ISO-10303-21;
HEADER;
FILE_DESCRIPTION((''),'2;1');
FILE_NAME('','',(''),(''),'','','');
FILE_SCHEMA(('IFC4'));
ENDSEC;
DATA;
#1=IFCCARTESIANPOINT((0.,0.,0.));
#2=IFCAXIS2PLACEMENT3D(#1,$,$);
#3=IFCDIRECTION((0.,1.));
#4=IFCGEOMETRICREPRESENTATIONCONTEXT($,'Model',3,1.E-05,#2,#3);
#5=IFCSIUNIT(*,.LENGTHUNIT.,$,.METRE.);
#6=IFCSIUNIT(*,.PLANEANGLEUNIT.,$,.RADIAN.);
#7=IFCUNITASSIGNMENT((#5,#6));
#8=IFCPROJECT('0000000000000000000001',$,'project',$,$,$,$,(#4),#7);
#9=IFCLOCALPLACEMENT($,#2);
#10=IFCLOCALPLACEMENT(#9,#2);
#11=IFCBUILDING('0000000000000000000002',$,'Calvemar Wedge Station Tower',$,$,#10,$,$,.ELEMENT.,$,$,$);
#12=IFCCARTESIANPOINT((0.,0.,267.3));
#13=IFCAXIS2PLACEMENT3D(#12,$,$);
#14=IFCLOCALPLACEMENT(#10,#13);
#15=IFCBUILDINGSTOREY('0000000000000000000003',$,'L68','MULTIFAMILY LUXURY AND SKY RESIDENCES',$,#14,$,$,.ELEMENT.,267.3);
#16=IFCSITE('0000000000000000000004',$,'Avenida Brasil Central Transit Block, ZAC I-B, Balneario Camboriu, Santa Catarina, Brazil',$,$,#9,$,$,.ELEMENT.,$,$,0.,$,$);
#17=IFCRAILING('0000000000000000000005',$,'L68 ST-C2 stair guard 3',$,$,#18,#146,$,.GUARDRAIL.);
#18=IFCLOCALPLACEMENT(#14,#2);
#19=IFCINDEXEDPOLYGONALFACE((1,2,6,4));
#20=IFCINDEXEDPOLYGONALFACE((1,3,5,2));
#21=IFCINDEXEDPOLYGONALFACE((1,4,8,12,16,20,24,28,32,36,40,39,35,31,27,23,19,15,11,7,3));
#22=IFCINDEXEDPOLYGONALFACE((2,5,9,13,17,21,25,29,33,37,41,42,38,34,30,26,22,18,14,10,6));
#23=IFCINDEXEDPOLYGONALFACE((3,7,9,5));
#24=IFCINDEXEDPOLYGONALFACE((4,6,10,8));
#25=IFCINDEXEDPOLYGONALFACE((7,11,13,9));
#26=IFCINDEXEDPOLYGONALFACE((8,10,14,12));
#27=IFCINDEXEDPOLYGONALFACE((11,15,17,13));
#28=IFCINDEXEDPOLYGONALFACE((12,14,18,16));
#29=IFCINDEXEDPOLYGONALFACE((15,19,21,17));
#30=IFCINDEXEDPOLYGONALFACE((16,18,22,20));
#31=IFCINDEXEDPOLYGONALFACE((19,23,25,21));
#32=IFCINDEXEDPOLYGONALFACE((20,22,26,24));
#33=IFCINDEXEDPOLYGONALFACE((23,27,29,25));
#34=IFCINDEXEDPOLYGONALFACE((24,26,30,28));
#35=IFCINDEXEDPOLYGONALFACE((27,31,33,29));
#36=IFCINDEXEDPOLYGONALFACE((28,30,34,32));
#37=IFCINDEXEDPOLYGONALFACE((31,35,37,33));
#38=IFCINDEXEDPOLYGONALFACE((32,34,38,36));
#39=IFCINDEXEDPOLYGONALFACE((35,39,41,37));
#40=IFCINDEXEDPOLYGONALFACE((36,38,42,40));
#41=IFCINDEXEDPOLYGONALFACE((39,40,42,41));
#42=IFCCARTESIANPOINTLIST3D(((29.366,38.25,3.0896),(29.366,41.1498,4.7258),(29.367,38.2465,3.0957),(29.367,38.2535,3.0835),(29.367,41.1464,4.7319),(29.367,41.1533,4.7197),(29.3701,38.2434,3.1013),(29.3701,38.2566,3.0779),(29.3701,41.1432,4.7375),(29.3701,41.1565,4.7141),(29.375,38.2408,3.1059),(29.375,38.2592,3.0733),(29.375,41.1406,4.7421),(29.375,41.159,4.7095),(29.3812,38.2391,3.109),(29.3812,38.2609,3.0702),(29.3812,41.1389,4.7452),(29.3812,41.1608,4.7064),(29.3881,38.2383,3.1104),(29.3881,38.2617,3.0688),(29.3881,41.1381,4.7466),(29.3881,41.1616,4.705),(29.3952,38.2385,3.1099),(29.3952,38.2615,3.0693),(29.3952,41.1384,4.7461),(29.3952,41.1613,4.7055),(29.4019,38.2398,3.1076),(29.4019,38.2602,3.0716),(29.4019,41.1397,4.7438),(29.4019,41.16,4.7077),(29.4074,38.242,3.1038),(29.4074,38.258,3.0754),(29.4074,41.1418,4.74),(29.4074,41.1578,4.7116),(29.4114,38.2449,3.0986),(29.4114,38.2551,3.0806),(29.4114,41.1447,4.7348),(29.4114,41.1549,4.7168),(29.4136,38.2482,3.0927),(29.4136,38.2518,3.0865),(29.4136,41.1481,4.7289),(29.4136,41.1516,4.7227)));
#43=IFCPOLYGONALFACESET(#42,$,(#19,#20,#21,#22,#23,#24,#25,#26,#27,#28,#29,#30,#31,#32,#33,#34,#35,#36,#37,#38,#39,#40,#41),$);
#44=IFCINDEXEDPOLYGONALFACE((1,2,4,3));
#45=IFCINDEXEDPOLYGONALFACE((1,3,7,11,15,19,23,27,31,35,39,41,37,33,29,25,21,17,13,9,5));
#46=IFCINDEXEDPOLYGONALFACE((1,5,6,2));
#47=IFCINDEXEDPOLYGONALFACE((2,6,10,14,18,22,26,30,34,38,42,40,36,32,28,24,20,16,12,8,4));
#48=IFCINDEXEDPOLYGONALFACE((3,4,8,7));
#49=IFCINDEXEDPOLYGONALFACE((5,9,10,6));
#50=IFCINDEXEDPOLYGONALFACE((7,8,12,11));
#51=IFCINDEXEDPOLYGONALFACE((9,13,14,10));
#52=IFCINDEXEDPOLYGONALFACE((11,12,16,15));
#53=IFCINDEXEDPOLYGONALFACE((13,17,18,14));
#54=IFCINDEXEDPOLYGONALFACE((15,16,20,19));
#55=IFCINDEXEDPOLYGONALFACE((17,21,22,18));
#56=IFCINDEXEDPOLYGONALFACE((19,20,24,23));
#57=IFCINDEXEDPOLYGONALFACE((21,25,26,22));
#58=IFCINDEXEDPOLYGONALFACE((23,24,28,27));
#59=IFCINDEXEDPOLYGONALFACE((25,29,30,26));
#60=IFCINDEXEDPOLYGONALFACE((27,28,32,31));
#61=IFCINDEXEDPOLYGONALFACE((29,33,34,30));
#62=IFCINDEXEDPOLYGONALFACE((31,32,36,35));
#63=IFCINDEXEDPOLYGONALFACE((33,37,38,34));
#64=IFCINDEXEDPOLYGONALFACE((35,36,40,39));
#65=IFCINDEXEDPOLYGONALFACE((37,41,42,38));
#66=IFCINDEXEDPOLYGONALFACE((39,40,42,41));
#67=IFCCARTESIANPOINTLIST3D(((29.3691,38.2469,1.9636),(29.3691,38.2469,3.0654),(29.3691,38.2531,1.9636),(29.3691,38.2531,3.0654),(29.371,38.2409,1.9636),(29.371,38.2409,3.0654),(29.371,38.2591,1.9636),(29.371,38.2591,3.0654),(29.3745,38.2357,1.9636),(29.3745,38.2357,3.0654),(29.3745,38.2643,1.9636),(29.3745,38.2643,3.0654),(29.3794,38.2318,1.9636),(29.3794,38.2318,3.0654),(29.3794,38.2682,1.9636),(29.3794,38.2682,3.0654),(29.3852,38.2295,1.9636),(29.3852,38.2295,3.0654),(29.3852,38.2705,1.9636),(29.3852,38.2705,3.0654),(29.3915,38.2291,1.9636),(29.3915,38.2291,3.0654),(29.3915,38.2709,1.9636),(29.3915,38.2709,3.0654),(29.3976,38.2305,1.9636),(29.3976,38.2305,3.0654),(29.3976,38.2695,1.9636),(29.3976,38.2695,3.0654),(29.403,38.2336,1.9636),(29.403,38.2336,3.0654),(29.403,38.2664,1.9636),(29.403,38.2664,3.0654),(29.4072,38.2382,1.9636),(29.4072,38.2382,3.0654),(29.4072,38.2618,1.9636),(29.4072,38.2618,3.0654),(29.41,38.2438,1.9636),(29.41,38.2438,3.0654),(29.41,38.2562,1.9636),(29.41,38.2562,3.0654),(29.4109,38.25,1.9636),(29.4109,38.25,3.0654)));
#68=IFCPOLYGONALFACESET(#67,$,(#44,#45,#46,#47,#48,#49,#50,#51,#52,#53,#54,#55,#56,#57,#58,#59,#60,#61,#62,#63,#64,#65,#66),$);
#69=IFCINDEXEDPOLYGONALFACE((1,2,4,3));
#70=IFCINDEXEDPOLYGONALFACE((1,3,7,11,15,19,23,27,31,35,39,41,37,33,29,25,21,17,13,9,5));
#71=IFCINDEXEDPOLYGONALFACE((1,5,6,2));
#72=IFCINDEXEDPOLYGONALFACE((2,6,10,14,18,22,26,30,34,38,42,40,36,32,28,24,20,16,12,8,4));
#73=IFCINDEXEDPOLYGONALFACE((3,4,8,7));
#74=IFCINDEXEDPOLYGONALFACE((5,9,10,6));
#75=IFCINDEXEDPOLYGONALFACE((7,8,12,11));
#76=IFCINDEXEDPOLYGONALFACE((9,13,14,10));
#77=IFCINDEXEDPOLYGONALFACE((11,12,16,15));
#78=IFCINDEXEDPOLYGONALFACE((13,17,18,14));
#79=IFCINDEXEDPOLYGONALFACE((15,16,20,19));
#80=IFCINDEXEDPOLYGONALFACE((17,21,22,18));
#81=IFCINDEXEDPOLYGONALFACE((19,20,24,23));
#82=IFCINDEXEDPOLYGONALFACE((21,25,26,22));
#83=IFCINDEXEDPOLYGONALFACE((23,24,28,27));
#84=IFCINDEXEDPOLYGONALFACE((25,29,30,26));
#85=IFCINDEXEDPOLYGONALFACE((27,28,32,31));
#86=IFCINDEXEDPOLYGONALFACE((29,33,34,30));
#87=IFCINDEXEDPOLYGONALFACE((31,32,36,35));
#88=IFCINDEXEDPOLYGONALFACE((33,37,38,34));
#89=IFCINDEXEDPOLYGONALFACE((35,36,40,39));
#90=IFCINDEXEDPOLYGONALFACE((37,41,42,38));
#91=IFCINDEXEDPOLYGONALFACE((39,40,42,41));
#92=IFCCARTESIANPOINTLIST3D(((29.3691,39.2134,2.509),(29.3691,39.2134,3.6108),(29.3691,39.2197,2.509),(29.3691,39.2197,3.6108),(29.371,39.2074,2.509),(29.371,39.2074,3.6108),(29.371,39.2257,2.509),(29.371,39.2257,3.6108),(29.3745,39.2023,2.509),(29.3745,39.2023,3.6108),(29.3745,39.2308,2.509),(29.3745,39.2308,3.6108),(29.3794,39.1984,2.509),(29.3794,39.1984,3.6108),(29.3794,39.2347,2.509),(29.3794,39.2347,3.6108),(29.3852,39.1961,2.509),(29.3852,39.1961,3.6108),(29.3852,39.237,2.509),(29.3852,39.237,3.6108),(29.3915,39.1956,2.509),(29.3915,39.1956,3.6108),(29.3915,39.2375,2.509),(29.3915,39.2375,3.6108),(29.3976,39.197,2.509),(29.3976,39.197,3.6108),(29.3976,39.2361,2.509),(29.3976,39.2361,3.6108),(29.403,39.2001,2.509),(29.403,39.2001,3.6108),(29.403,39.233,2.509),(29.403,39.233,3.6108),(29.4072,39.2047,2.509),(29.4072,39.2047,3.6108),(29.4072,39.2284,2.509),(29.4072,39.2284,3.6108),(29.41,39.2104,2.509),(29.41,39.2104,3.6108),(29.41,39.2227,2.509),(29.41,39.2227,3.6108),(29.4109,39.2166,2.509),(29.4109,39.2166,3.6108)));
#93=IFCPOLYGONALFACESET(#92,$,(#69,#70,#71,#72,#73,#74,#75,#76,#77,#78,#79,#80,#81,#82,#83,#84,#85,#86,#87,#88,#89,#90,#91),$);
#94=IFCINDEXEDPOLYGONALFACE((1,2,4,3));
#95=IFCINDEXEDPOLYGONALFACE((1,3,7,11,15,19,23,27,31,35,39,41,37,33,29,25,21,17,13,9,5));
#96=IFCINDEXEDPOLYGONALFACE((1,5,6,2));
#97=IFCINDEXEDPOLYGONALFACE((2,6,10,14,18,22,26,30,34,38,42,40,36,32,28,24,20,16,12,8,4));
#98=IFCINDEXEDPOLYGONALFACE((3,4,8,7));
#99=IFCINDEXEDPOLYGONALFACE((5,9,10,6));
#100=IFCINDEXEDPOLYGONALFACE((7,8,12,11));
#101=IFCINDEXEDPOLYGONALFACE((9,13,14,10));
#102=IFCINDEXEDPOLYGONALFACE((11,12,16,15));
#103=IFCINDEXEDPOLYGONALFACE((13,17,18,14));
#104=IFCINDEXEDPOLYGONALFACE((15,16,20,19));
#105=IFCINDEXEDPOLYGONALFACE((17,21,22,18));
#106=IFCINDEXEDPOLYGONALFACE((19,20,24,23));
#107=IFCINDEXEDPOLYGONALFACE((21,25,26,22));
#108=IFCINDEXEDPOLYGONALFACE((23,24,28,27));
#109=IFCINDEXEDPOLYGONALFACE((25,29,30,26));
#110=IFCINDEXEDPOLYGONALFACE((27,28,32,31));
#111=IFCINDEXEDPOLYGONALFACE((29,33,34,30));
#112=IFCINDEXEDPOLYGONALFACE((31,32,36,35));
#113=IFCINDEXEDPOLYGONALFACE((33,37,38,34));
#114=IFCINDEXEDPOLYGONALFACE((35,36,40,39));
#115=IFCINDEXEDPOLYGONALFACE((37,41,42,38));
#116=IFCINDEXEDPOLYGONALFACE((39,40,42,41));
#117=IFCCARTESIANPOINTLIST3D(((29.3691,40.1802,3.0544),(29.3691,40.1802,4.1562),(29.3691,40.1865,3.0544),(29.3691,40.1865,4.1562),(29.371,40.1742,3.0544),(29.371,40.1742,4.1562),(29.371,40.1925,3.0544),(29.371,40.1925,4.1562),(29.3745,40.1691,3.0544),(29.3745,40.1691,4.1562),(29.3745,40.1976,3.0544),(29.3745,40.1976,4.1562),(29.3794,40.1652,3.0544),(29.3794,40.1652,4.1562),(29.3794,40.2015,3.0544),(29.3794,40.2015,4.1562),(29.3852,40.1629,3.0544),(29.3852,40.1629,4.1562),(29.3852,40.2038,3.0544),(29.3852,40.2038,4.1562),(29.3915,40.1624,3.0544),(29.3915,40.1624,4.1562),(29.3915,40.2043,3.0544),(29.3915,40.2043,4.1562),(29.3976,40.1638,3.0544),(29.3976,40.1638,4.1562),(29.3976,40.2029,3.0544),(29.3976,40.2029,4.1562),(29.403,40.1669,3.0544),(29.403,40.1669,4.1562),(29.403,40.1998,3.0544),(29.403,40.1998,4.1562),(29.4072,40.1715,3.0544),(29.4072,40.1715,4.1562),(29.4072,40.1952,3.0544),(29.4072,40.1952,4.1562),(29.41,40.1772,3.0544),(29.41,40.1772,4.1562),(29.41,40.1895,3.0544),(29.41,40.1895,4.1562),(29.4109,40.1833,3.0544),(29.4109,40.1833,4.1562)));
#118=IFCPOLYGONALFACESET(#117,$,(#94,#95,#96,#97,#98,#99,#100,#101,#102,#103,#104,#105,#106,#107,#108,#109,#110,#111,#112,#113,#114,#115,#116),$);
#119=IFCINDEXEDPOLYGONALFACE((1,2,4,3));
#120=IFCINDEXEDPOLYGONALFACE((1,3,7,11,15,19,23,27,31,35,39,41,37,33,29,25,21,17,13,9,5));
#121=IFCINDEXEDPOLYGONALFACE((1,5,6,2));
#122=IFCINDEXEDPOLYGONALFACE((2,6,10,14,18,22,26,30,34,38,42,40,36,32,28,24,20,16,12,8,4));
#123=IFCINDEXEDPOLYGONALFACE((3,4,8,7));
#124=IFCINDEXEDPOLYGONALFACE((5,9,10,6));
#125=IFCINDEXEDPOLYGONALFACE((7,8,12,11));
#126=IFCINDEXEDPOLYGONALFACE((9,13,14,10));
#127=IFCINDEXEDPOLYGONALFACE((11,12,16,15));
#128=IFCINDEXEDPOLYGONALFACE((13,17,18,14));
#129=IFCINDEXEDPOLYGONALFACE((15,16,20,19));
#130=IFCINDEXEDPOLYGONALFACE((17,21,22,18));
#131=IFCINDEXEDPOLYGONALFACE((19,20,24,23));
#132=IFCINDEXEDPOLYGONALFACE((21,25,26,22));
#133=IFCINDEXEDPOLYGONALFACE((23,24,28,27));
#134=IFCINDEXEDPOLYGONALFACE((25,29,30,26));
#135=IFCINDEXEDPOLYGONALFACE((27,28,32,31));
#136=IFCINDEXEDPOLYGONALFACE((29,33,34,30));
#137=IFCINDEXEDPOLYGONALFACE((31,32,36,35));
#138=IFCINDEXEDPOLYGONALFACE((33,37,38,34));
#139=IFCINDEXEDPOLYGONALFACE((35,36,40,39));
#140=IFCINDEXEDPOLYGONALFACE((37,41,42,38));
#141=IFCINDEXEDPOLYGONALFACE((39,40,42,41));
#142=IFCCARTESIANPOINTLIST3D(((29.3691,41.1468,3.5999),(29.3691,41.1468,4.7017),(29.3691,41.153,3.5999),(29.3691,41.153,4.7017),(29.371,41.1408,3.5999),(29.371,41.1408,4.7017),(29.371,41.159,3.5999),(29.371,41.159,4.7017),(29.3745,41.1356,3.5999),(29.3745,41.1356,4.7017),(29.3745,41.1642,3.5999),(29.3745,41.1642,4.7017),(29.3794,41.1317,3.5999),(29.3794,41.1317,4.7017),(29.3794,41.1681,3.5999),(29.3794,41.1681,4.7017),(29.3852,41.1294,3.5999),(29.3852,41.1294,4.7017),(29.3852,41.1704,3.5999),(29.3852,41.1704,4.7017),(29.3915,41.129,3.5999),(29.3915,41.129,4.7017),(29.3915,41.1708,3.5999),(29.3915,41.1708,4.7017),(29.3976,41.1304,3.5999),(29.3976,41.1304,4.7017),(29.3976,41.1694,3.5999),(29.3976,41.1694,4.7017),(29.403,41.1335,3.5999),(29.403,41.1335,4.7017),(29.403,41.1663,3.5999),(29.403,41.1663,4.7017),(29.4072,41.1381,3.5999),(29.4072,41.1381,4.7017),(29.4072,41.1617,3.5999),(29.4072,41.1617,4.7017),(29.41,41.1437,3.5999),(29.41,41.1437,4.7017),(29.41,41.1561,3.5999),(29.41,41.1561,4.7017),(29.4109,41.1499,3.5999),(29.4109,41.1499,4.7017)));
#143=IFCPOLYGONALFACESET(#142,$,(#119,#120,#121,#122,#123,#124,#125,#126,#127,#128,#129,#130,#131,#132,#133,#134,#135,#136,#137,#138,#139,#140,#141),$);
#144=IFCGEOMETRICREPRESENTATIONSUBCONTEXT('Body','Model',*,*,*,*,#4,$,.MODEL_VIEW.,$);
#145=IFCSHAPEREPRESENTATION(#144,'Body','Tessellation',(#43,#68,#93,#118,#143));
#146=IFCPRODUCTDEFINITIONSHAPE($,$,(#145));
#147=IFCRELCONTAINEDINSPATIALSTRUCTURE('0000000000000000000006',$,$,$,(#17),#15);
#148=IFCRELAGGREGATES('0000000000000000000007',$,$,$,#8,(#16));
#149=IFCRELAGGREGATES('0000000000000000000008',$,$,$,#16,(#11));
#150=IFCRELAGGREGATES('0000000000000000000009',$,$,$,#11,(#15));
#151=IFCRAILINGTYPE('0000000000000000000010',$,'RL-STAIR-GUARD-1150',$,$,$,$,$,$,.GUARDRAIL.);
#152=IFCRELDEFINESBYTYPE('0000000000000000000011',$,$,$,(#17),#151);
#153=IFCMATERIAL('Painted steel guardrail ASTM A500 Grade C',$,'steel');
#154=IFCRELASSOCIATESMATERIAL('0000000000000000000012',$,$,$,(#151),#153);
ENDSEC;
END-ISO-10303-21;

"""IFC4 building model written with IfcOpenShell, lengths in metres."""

from ifc_helpers import new_model, si_unit, direction, frame, origin, origin_2d, place, context, subcontext, project, spatial, circle, extrude, material, type_object, element, save


model = new_model("IFC4")

# Units and contexts
model_context = context("Model", 3, precision=1e-05, world=origin(), true_north=direction((0.0, 1.0)))
body_context = subcontext(model_context, "Body", "Model", "MODEL_VIEW")
ifc_project = project(units=[si_unit("LENGTHUNIT", "METRE"), si_unit("PLANEANGLEUNIT", "RADIAN")], contexts=[model_context])

# Site, building, storey
site_placement = place(None, origin())
site = spatial("IfcSite", under=ifc_project, at=site_placement, Name="Avenida Brasil Central Transit Block, ZAC I-B, Balneario Camboriu, Santa Catarina, Brazil", CompositionType="ELEMENT", RefElevation=0.0)
building_placement = place(site_placement, origin())
building = spatial("IfcBuilding", under=site, at=building_placement, Name="Calvemar Wedge Station Tower", CompositionType="ELEMENT")
storey_placement = place(building_placement, frame((0.0, 0.0, 267.3)))
storey = spatial("IfcBuildingStorey", under=building, at=storey_placement, Name="L68", Description="MULTIFAMILY LUXURY AND SKY RESIDENCES", CompositionType="ELEMENT", Elevation=267.3)

# Railing
ifc_material_1 = material(Name="Painted steel guardrail ASTM A500 Grade C", Category="steel")
railing_type_1 = type_object("IfcRailingType", Name="RL-STAIR-GUARD-1150", PredefinedType="GUARDRAIL", material=ifc_material_1)
railing_1_placement = place(storey_placement, frame((29.3899, 38.25, 1.9636)))
element("IfcRailing", 1, at=railing_1_placement, inside=storey, type_object=railing_type_1, Name="L68 ST-C2 stair guard 3", PredefinedType="GUARDRAIL", context=body_context, shape_type="SweptSolid", body=[
    extrude(circle(Radius=0.0239, at=origin_2d()), frame((0.0, 0.0, 1.126), z_axis=(0.0, 0.870929, 0.49141), x_axis=(-1.0, 0.0, 0.0)), (0.0, 0.0, 1.0), 3.3296),
    extrude(circle(Radius=0.021, at=origin_2d()), origin(), (0.0, 0.0, 1.0), 1.1018),
    extrude(circle(Radius=0.021, at=origin_2d()), frame((0.0, 0.9666, 0.5454)), (0.0, 0.0, 1.0), 1.1018),
    extrude(circle(Radius=0.021, at=origin_2d()), frame((0.0, 1.9333, 1.0908)), (0.0, 0.0, 1.0), 1.1018),
    extrude(circle(Radius=0.021, at=origin_2d()), frame((0.0, 2.8999, 1.6362)), (0.0, 0.0, 1.0), 1.1018),
])

save(model, "model.ifc")
